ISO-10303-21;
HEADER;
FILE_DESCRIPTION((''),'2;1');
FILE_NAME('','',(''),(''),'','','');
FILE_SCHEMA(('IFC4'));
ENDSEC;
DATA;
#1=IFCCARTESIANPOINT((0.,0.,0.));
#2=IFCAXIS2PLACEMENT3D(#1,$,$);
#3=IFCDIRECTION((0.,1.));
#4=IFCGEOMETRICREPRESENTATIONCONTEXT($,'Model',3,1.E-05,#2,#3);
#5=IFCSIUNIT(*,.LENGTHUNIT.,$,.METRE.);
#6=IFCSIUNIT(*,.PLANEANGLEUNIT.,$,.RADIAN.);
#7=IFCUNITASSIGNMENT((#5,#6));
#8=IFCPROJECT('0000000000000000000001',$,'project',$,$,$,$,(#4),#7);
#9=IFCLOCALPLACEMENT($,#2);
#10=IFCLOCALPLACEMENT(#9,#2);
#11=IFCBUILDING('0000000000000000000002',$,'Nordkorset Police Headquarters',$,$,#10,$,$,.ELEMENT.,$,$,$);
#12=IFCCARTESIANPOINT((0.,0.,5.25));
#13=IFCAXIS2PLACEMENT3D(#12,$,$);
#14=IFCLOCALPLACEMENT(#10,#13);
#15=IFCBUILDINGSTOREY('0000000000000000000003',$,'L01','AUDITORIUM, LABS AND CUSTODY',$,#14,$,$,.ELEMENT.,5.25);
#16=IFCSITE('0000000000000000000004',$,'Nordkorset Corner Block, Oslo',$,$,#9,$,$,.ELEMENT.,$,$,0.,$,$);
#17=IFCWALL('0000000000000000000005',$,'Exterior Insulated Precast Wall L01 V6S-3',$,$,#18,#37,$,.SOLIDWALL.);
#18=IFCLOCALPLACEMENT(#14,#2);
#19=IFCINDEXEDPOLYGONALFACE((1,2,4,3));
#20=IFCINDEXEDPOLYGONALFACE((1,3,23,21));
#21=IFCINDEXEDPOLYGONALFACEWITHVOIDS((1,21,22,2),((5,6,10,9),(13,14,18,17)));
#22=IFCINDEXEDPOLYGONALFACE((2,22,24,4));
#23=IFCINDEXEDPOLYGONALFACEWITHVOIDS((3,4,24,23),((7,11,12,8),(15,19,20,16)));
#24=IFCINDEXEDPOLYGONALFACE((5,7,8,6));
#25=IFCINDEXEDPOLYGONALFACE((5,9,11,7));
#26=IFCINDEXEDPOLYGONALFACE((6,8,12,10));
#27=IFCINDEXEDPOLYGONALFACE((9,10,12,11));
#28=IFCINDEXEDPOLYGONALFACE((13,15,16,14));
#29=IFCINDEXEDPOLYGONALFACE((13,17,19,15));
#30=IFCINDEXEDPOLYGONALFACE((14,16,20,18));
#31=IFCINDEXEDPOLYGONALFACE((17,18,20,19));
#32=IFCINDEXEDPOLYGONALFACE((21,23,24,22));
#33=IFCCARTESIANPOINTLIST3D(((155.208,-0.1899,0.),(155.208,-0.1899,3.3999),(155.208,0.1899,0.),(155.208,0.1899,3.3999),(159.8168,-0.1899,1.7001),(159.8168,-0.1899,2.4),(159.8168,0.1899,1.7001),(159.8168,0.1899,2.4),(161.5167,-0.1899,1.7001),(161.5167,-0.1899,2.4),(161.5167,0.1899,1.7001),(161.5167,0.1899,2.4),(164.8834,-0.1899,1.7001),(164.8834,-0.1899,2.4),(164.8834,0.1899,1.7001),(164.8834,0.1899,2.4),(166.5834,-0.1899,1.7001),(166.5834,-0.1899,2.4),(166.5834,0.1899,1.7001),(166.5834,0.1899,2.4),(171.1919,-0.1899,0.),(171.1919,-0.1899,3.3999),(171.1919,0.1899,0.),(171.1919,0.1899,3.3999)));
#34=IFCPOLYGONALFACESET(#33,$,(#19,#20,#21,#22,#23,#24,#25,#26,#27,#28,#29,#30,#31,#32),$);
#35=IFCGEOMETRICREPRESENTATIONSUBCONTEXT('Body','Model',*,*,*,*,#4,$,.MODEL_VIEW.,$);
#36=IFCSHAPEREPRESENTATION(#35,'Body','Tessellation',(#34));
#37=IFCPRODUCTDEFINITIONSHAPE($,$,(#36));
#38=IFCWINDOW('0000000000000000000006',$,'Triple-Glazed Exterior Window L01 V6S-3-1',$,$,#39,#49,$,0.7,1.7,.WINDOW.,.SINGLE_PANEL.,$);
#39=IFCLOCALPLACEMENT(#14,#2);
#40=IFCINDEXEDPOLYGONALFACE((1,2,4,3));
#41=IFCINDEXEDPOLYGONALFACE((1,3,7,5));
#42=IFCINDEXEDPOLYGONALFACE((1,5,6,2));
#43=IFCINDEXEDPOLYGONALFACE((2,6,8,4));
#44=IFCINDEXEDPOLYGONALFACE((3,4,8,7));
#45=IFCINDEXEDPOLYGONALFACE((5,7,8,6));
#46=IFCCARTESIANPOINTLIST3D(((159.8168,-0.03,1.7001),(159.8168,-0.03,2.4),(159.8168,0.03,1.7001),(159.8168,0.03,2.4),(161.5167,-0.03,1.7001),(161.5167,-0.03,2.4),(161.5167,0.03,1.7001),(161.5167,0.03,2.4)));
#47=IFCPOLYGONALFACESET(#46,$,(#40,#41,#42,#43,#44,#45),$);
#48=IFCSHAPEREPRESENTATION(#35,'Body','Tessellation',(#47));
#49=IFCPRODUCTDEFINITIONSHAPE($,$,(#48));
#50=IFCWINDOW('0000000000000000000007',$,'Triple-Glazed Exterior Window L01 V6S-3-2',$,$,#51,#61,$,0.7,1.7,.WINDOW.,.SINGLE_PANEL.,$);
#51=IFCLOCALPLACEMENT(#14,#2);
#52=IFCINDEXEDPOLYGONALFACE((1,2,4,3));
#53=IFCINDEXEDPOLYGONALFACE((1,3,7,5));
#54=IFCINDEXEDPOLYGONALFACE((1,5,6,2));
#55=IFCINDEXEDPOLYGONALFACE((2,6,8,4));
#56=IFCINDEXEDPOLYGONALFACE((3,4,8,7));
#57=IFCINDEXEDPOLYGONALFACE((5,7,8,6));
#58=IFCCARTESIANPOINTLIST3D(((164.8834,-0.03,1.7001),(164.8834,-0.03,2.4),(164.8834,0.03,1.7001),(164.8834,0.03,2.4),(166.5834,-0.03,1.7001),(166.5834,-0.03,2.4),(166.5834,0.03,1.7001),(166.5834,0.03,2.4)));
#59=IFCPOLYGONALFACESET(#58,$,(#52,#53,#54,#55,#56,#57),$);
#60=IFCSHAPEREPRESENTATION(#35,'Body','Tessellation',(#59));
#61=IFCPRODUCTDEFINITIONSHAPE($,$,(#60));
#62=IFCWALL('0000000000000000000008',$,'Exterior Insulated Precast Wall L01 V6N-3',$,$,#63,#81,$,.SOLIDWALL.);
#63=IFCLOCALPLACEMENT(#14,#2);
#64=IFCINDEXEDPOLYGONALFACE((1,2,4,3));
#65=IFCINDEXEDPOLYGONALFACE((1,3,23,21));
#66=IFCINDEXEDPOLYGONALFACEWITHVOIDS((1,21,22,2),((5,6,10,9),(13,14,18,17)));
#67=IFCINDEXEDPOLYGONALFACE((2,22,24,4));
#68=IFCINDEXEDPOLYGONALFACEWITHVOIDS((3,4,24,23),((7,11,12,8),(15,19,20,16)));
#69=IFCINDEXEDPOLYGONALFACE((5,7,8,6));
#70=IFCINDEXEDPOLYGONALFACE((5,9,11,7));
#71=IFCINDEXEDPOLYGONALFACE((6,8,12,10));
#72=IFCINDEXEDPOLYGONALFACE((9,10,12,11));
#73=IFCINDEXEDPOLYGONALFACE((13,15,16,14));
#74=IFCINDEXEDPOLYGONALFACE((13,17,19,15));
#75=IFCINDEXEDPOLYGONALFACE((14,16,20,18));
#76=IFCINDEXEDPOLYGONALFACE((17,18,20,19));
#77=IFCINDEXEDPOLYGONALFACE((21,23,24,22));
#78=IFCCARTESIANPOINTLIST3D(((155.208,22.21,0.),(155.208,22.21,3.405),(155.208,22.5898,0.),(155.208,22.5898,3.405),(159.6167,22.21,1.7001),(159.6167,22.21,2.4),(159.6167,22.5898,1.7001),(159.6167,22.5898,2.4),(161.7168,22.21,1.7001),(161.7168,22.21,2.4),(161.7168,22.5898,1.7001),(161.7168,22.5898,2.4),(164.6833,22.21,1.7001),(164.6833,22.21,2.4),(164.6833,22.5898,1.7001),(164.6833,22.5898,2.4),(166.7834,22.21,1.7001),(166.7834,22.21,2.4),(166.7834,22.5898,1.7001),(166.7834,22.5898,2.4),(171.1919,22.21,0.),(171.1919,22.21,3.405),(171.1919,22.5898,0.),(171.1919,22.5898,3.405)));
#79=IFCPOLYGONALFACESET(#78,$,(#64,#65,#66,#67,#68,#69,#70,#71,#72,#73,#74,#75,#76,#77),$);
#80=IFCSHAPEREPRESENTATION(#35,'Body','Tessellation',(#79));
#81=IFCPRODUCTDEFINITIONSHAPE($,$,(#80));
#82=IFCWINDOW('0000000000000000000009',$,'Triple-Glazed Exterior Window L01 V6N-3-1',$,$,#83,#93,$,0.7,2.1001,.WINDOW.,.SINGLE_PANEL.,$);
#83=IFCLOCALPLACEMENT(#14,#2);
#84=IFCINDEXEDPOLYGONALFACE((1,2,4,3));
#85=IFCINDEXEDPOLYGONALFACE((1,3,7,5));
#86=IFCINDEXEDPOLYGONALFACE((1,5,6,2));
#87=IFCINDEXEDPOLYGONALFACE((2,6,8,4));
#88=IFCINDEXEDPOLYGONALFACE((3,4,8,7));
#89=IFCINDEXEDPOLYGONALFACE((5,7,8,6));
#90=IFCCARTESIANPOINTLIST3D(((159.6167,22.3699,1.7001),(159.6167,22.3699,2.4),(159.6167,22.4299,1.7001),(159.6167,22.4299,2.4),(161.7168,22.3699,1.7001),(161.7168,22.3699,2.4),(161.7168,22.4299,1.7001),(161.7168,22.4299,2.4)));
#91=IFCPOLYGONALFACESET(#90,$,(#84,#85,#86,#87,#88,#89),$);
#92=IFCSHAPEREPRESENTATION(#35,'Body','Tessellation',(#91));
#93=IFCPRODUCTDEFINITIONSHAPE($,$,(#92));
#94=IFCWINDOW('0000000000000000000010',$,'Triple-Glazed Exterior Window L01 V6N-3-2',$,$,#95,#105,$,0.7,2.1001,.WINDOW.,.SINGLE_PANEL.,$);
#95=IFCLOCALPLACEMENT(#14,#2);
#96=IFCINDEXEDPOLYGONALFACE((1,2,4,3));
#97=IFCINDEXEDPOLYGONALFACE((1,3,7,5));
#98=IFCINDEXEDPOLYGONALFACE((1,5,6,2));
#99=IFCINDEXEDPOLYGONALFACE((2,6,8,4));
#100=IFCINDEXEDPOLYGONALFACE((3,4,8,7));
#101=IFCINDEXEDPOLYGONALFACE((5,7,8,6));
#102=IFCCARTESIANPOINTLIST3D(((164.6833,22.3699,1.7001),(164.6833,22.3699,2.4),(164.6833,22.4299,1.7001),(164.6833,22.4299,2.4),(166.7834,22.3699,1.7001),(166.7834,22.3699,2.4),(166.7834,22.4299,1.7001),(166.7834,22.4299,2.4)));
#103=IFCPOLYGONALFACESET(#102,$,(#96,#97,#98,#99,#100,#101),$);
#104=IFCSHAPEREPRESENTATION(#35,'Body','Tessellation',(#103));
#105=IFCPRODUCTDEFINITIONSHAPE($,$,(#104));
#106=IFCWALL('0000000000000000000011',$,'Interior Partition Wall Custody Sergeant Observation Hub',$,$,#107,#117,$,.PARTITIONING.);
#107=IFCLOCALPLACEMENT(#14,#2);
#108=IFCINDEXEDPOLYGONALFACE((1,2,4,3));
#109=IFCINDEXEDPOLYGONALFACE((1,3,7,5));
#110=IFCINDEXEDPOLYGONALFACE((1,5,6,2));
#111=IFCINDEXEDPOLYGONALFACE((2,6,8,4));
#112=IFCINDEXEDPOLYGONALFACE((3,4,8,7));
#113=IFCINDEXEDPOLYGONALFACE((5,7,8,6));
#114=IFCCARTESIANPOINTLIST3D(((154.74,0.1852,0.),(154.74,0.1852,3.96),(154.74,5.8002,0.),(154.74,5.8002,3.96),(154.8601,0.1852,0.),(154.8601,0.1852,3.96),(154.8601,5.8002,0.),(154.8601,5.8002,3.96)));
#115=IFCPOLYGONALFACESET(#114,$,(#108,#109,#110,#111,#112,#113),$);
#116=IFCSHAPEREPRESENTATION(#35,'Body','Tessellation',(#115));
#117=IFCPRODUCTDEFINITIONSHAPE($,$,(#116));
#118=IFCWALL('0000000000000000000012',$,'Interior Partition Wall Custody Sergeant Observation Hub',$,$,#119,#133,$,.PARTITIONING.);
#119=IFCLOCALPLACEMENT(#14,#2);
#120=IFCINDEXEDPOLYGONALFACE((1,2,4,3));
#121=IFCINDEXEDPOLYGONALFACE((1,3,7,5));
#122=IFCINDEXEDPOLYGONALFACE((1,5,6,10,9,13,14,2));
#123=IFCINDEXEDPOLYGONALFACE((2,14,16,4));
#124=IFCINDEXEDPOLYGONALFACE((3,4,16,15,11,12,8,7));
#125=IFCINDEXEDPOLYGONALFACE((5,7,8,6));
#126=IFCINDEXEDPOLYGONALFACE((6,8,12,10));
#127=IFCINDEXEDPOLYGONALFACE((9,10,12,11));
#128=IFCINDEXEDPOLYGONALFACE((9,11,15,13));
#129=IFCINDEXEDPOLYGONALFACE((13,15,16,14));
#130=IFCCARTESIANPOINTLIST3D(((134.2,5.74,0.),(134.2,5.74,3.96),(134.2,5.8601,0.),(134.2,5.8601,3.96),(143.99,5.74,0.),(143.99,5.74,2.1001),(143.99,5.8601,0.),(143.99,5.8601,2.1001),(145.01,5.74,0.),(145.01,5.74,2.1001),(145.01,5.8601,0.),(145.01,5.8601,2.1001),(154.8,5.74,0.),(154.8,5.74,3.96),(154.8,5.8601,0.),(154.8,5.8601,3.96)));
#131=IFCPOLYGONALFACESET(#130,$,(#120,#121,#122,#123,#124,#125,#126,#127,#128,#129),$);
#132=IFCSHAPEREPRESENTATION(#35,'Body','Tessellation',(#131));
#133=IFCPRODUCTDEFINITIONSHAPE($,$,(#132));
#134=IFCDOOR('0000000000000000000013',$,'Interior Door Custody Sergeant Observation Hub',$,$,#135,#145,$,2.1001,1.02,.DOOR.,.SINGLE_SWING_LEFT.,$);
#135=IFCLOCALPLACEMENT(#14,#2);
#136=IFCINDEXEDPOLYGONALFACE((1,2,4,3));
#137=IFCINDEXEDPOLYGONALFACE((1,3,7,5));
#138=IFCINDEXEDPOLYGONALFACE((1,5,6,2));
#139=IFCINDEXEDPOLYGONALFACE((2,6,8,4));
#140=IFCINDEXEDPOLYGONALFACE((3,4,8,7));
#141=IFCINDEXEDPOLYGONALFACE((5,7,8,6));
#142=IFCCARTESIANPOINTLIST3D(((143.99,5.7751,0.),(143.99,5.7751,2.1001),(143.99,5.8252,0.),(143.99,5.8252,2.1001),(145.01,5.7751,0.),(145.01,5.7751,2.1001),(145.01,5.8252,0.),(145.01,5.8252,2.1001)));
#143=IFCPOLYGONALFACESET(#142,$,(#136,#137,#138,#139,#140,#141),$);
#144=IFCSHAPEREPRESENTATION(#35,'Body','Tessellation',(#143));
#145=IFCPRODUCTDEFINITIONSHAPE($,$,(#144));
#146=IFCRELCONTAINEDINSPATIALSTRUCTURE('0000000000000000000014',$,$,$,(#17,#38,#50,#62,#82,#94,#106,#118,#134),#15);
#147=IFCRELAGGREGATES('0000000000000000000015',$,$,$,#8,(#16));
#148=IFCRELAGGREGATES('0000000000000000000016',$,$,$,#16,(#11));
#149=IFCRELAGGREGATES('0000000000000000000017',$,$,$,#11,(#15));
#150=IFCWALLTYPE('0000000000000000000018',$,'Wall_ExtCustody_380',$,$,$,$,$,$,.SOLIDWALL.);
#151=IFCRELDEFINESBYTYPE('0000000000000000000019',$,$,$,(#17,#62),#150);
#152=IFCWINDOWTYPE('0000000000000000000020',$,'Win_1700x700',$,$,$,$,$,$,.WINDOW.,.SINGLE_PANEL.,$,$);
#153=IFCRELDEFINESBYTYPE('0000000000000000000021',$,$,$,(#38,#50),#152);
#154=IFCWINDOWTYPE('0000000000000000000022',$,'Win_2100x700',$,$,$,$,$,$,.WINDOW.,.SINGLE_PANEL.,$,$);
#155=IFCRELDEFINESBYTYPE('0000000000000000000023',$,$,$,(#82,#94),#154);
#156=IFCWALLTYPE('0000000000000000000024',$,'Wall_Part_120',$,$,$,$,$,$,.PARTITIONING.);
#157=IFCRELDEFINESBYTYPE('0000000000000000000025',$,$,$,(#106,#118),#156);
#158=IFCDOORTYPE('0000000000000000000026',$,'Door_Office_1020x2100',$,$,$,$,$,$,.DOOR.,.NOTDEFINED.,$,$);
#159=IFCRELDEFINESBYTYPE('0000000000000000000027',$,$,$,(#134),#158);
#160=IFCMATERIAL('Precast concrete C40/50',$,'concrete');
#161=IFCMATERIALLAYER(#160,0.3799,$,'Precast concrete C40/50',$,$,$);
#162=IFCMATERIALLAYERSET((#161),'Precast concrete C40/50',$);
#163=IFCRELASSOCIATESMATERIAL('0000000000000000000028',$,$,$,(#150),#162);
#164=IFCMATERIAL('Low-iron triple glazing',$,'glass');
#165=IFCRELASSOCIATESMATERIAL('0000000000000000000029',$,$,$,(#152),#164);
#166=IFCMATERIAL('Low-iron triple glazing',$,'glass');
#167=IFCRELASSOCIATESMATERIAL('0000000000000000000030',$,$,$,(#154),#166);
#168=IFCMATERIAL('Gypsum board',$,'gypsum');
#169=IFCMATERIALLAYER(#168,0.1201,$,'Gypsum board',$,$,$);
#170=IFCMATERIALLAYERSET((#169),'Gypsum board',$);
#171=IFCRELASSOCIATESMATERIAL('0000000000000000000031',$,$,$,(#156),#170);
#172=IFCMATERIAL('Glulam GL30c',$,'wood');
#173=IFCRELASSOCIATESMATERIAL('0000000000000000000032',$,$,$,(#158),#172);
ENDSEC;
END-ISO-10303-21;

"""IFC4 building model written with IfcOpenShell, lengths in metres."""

from ifc_helpers import new_model, si_unit, direction, frame, frame_2d, origin, place, context, subcontext, project, spatial, rectangle, extrude, material, layer, layer_set, type_object, element, fill, save


model = new_model("IFC4")

# Units and contexts
model_context = context("Model", 3, precision=1e-05, world=origin(), true_north=direction((0.0, 1.0)))
body_context = subcontext(model_context, "Body", "Model", "MODEL_VIEW")
ifc_project = project(units=[si_unit("LENGTHUNIT", "METRE"), si_unit("PLANEANGLEUNIT", "RADIAN")], contexts=[model_context])

# Site, building, storey
site_placement = place(None, origin())
site = spatial("IfcSite", under=ifc_project, at=site_placement, Name="Nordkorset Corner Block, Oslo", CompositionType="ELEMENT", RefElevation=0.0)
building_placement = place(site_placement, origin())
building = spatial("IfcBuilding", under=site, at=building_placement, Name="Nordkorset Police Headquarters", CompositionType="ELEMENT")
storey_placement = place(building_placement, frame((0.0, 0.0, 5.25)))
storey = spatial("IfcBuildingStorey", under=building, at=storey_placement, Name="L01", Description="AUDITORIUM, LABS AND CUSTODY", CompositionType="ELEMENT", Elevation=5.25)

# Walls, openings, windows
ifc_material_1 = material(Name="Precast concrete C40/50", Category="concrete")
ifc_layer_1 = layer(ifc_material_1, 0.3799, Name="Precast concrete C40/50")
ifc_layer_set_1 = layer_set([ifc_layer_1], Name="Precast concrete C40/50")
wall_type_1 = type_object("IfcWallType", Name="Wall_ExtCustody_380", PredefinedType="SOLIDWALL", material=ifc_layer_set_1)
wall_1_placement = place(storey_placement, frame((155.208, 0.0, 0.0), z_axis=(0.0, 0.0, 1.0), x_axis=(1.0, 0.0, 0.0)))
wall_1 = element("IfcWall", 1, at=wall_1_placement, inside=storey, type_object=wall_type_1, Name="Exterior Insulated Precast Wall L01 V6S-3", PredefinedType="SOLIDWALL", context=body_context, shape_type="SweptSolid", body=[
    extrude(rectangle(XDim=15.9839, YDim=0.3799, at=frame_2d((7.9919, 0.0))), origin(), (0.0, 0.0, 1.0), 3.3999),
])
opening_1_placement = place(wall_1_placement, frame((4.6086, 0.0, 1.7)))
opening_1 = element("IfcOpeningElement", 2, at=opening_1_placement, cuts=wall_1, PredefinedType="OPENING", context=body_context, shape_type="SweptSolid", body=[
    extrude(rectangle(XDim=1.7, YDim=0.7, at=frame_2d((0.8501, 0.3501))), frame((0.0, 0.2, 0.0), z_axis=(0.0, -1.0, 0.0), x_axis=(1.0, 0.0, 0.0)), (0.0, 0.0, 1.0), 0.3999),
])
opening_2_placement = place(wall_1_placement, frame((9.6753, 0.0, 1.7)))
opening_2 = element("IfcOpeningElement", 3, at=opening_2_placement, cuts=wall_1, PredefinedType="OPENING", context=body_context, shape_type="SweptSolid", body=[
    extrude(rectangle(XDim=1.7, YDim=0.7, at=frame_2d((0.8501, 0.3501))), frame((0.0, 0.2, 0.0), z_axis=(0.0, -1.0, 0.0), x_axis=(1.0, 0.0, 0.0)), (0.0, 0.0, 1.0), 0.3999),
])
ifc_material_2 = material(Name="Low-iron triple glazing", Category="glass")
window_type_1 = type_object("IfcWindowType", Name="Win_1700x700", PartitioningType="SINGLE_PANEL", PredefinedType="WINDOW", material=ifc_material_2)
window_1_placement = place(opening_1_placement, origin())
window_1 = element("IfcWindow", 4, at=window_1_placement, inside=storey, type_object=window_type_1, Name="Triple-Glazed Exterior Window L01 V6S-3-1", OverallHeight=0.7, OverallWidth=1.7, PartitioningType="SINGLE_PANEL", PredefinedType="WINDOW", context=body_context, shape_type="SweptSolid", body=[
    extrude(rectangle(XDim=1.7, YDim=0.7, at=frame_2d((0.8501, 0.3501))), frame((0.0, 0.03, 0.0), z_axis=(0.0, -1.0, 0.0), x_axis=(1.0, 0.0, 0.0)), (0.0, 0.0, 1.0), 0.0601),
])
fill(opening_1, window_1)
window_2_placement = place(opening_2_placement, origin())
window_2 = element("IfcWindow", 5, at=window_2_placement, inside=storey, type_object=window_type_1, Name="Triple-Glazed Exterior Window L01 V6S-3-2", OverallHeight=0.7, OverallWidth=1.7, PartitioningType="SINGLE_PANEL", PredefinedType="WINDOW", context=body_context, shape_type="SweptSolid", body=[
    extrude(rectangle(XDim=1.7, YDim=0.7, at=frame_2d((0.8501, 0.3501))), frame((0.0, 0.03, 0.0), z_axis=(0.0, -1.0, 0.0), x_axis=(1.0, 0.0, 0.0)), (0.0, 0.0, 1.0), 0.0601),
])
fill(opening_2, window_2)
wall_2_placement = place(storey_placement, frame((155.208, 22.3999, 0.0), z_axis=(0.0, 0.0, 1.0), x_axis=(1.0, 0.0, 0.0)))
wall_2 = element("IfcWall", 6, at=wall_2_placement, inside=storey, type_object=wall_type_1, Name="Exterior Insulated Precast Wall L01 V6N-3", PredefinedType="SOLIDWALL", context=body_context, shape_type="SweptSolid", body=[
    extrude(rectangle(XDim=15.9839, YDim=0.3799, at=frame_2d((7.9919, 0.0))), origin(), (0.0, 0.0, 1.0), 3.405),
])
opening_3_placement = place(wall_2_placement, frame((4.4087, 0.0, 1.7)))
opening_3 = element("IfcOpeningElement", 7, at=opening_3_placement, cuts=wall_2, PredefinedType="OPENING", context=body_context, shape_type="SweptSolid", body=[
    extrude(rectangle(XDim=2.1001, YDim=0.7, at=frame_2d((1.05, 0.3501))), frame((0.0, 0.2, 0.0), z_axis=(0.0, -1.0, 0.0), x_axis=(1.0, 0.0, 0.0)), (0.0, 0.0, 1.0), 0.3999),
])
opening_4_placement = place(wall_2_placement, frame((9.4753, 0.0, 1.7)))
opening_4 = element("IfcOpeningElement", 8, at=opening_4_placement, cuts=wall_2, PredefinedType="OPENING", context=body_context, shape_type="SweptSolid", body=[
    extrude(rectangle(XDim=2.1001, YDim=0.7, at=frame_2d((1.05, 0.3501))), frame((0.0, 0.2, 0.0), z_axis=(0.0, -1.0, 0.0), x_axis=(1.0, 0.0, 0.0)), (0.0, 0.0, 1.0), 0.3999),
])
ifc_material_3 = material(Name="Low-iron triple glazing", Category="glass")
window_type_2 = type_object("IfcWindowType", Name="Win_2100x700", PartitioningType="SINGLE_PANEL", PredefinedType="WINDOW", material=ifc_material_3)
window_3_placement = place(opening_3_placement, origin())
window_3 = element("IfcWindow", 9, at=window_3_placement, inside=storey, type_object=window_type_2, Name="Triple-Glazed Exterior Window L01 V6N-3-1", OverallHeight=0.7, OverallWidth=2.1001, PartitioningType="SINGLE_PANEL", PredefinedType="WINDOW", context=body_context, shape_type="SweptSolid", body=[
    extrude(rectangle(XDim=2.1001, YDim=0.7, at=frame_2d((1.05, 0.3501))), frame((0.0, 0.03, 0.0), z_axis=(0.0, -1.0, 0.0), x_axis=(1.0, 0.0, 0.0)), (0.0, 0.0, 1.0), 0.0601),
])
fill(opening_3, window_3)
window_4_placement = place(opening_4_placement, origin())
window_4 = element("IfcWindow", 10, at=window_4_placement, inside=storey, type_object=window_type_2, Name="Triple-Glazed Exterior Window L01 V6N-3-2", OverallHeight=0.7, OverallWidth=2.1001, PartitioningType="SINGLE_PANEL", PredefinedType="WINDOW", context=body_context, shape_type="SweptSolid", body=[
    extrude(rectangle(XDim=2.1001, YDim=0.7, at=frame_2d((1.05, 0.3501))), frame((0.0, 0.03, 0.0), z_axis=(0.0, -1.0, 0.0), x_axis=(1.0, 0.0, 0.0)), (0.0, 0.0, 1.0), 0.0601),
])
fill(opening_4, window_4)

# Wall
ifc_material_4 = material(Name="Gypsum board", Category="gypsum")
ifc_layer_2 = layer(ifc_material_4, 0.1201, Name="Gypsum board")
ifc_layer_set_2 = layer_set([ifc_layer_2], Name="Gypsum board")
wall_type_2 = type_object("IfcWallType", Name="Wall_Part_120", PredefinedType="PARTITIONING", material=ifc_layer_set_2)
wall_3_placement = place(storey_placement, frame((154.8, 0.1851, 0.0), z_axis=(0.0, 0.0, 1.0), x_axis=(0.0, 1.0, 0.0)))
element("IfcWall", 11, at=wall_3_placement, inside=storey, type_object=wall_type_2, Name="Interior Partition Wall Custody Sergeant Observation Hub", PredefinedType="PARTITIONING", context=body_context, shape_type="SweptSolid", body=[
    extrude(rectangle(XDim=5.615, YDim=0.1201, at=frame_2d((2.8076, 0.0))), origin(), (0.0, 0.0, 1.0), 3.96),
])

# Wall, opening, door
wall_4_placement = place(storey_placement, frame((154.8, 5.8, 0.0), z_axis=(0.0, 0.0, 1.0), x_axis=(-1.0, 0.0, 0.0)))
wall_4 = element("IfcWall", 12, at=wall_4_placement, inside=storey, type_object=wall_type_2, Name="Interior Partition Wall Custody Sergeant Observation Hub", PredefinedType="PARTITIONING", context=body_context, shape_type="SweptSolid", body=[
    extrude(rectangle(XDim=20.6001, YDim=0.1201, at=frame_2d((10.3, 0.0))), origin(), (0.0, 0.0, 1.0), 3.96),
])
opening_5_placement = place(wall_4_placement, frame((9.79, 0.0, 0.0)))
opening_5 = element("IfcOpeningElement", 13, at=opening_5_placement, cuts=wall_4, PredefinedType="OPENING", context=body_context, shape_type="SweptSolid", body=[
    extrude(rectangle(XDim=1.02, YDim=2.1001, at=frame_2d((0.51, 1.05))), frame((0.0, 0.0701, 0.0), z_axis=(0.0, -1.0, 0.0), x_axis=(1.0, 0.0, 0.0)), (0.0, 0.0, 1.0), 0.1401),
])
ifc_material_5 = material(Name="Glulam GL30c", Category="wood")
door_type_1 = type_object("IfcDoorType", Name="Door_Office_1020x2100", OperationType="NOTDEFINED", PredefinedType="DOOR", material=ifc_material_5)
door_1_placement = place(opening_5_placement, origin())
door_1 = element("IfcDoor", 14, at=door_1_placement, inside=storey, type_object=door_type_1, Name="Interior Door Custody Sergeant Observation Hub", OperationType="SINGLE_SWING_LEFT", OverallHeight=2.1001, OverallWidth=1.02, PredefinedType="DOOR", context=body_context, shape_type="SweptSolid", body=[
    extrude(rectangle(XDim=1.02, YDim=2.1001, at=frame_2d((0.51, 1.05))), frame((0.0, 0.0249, 0.0), z_axis=(0.0, -1.0, 0.0), x_axis=(1.0, 0.0, 0.0)), (0.0, 0.0, 1.0), 0.05),
])
fill(opening_5, door_1)

save(model, "model.ifc")
